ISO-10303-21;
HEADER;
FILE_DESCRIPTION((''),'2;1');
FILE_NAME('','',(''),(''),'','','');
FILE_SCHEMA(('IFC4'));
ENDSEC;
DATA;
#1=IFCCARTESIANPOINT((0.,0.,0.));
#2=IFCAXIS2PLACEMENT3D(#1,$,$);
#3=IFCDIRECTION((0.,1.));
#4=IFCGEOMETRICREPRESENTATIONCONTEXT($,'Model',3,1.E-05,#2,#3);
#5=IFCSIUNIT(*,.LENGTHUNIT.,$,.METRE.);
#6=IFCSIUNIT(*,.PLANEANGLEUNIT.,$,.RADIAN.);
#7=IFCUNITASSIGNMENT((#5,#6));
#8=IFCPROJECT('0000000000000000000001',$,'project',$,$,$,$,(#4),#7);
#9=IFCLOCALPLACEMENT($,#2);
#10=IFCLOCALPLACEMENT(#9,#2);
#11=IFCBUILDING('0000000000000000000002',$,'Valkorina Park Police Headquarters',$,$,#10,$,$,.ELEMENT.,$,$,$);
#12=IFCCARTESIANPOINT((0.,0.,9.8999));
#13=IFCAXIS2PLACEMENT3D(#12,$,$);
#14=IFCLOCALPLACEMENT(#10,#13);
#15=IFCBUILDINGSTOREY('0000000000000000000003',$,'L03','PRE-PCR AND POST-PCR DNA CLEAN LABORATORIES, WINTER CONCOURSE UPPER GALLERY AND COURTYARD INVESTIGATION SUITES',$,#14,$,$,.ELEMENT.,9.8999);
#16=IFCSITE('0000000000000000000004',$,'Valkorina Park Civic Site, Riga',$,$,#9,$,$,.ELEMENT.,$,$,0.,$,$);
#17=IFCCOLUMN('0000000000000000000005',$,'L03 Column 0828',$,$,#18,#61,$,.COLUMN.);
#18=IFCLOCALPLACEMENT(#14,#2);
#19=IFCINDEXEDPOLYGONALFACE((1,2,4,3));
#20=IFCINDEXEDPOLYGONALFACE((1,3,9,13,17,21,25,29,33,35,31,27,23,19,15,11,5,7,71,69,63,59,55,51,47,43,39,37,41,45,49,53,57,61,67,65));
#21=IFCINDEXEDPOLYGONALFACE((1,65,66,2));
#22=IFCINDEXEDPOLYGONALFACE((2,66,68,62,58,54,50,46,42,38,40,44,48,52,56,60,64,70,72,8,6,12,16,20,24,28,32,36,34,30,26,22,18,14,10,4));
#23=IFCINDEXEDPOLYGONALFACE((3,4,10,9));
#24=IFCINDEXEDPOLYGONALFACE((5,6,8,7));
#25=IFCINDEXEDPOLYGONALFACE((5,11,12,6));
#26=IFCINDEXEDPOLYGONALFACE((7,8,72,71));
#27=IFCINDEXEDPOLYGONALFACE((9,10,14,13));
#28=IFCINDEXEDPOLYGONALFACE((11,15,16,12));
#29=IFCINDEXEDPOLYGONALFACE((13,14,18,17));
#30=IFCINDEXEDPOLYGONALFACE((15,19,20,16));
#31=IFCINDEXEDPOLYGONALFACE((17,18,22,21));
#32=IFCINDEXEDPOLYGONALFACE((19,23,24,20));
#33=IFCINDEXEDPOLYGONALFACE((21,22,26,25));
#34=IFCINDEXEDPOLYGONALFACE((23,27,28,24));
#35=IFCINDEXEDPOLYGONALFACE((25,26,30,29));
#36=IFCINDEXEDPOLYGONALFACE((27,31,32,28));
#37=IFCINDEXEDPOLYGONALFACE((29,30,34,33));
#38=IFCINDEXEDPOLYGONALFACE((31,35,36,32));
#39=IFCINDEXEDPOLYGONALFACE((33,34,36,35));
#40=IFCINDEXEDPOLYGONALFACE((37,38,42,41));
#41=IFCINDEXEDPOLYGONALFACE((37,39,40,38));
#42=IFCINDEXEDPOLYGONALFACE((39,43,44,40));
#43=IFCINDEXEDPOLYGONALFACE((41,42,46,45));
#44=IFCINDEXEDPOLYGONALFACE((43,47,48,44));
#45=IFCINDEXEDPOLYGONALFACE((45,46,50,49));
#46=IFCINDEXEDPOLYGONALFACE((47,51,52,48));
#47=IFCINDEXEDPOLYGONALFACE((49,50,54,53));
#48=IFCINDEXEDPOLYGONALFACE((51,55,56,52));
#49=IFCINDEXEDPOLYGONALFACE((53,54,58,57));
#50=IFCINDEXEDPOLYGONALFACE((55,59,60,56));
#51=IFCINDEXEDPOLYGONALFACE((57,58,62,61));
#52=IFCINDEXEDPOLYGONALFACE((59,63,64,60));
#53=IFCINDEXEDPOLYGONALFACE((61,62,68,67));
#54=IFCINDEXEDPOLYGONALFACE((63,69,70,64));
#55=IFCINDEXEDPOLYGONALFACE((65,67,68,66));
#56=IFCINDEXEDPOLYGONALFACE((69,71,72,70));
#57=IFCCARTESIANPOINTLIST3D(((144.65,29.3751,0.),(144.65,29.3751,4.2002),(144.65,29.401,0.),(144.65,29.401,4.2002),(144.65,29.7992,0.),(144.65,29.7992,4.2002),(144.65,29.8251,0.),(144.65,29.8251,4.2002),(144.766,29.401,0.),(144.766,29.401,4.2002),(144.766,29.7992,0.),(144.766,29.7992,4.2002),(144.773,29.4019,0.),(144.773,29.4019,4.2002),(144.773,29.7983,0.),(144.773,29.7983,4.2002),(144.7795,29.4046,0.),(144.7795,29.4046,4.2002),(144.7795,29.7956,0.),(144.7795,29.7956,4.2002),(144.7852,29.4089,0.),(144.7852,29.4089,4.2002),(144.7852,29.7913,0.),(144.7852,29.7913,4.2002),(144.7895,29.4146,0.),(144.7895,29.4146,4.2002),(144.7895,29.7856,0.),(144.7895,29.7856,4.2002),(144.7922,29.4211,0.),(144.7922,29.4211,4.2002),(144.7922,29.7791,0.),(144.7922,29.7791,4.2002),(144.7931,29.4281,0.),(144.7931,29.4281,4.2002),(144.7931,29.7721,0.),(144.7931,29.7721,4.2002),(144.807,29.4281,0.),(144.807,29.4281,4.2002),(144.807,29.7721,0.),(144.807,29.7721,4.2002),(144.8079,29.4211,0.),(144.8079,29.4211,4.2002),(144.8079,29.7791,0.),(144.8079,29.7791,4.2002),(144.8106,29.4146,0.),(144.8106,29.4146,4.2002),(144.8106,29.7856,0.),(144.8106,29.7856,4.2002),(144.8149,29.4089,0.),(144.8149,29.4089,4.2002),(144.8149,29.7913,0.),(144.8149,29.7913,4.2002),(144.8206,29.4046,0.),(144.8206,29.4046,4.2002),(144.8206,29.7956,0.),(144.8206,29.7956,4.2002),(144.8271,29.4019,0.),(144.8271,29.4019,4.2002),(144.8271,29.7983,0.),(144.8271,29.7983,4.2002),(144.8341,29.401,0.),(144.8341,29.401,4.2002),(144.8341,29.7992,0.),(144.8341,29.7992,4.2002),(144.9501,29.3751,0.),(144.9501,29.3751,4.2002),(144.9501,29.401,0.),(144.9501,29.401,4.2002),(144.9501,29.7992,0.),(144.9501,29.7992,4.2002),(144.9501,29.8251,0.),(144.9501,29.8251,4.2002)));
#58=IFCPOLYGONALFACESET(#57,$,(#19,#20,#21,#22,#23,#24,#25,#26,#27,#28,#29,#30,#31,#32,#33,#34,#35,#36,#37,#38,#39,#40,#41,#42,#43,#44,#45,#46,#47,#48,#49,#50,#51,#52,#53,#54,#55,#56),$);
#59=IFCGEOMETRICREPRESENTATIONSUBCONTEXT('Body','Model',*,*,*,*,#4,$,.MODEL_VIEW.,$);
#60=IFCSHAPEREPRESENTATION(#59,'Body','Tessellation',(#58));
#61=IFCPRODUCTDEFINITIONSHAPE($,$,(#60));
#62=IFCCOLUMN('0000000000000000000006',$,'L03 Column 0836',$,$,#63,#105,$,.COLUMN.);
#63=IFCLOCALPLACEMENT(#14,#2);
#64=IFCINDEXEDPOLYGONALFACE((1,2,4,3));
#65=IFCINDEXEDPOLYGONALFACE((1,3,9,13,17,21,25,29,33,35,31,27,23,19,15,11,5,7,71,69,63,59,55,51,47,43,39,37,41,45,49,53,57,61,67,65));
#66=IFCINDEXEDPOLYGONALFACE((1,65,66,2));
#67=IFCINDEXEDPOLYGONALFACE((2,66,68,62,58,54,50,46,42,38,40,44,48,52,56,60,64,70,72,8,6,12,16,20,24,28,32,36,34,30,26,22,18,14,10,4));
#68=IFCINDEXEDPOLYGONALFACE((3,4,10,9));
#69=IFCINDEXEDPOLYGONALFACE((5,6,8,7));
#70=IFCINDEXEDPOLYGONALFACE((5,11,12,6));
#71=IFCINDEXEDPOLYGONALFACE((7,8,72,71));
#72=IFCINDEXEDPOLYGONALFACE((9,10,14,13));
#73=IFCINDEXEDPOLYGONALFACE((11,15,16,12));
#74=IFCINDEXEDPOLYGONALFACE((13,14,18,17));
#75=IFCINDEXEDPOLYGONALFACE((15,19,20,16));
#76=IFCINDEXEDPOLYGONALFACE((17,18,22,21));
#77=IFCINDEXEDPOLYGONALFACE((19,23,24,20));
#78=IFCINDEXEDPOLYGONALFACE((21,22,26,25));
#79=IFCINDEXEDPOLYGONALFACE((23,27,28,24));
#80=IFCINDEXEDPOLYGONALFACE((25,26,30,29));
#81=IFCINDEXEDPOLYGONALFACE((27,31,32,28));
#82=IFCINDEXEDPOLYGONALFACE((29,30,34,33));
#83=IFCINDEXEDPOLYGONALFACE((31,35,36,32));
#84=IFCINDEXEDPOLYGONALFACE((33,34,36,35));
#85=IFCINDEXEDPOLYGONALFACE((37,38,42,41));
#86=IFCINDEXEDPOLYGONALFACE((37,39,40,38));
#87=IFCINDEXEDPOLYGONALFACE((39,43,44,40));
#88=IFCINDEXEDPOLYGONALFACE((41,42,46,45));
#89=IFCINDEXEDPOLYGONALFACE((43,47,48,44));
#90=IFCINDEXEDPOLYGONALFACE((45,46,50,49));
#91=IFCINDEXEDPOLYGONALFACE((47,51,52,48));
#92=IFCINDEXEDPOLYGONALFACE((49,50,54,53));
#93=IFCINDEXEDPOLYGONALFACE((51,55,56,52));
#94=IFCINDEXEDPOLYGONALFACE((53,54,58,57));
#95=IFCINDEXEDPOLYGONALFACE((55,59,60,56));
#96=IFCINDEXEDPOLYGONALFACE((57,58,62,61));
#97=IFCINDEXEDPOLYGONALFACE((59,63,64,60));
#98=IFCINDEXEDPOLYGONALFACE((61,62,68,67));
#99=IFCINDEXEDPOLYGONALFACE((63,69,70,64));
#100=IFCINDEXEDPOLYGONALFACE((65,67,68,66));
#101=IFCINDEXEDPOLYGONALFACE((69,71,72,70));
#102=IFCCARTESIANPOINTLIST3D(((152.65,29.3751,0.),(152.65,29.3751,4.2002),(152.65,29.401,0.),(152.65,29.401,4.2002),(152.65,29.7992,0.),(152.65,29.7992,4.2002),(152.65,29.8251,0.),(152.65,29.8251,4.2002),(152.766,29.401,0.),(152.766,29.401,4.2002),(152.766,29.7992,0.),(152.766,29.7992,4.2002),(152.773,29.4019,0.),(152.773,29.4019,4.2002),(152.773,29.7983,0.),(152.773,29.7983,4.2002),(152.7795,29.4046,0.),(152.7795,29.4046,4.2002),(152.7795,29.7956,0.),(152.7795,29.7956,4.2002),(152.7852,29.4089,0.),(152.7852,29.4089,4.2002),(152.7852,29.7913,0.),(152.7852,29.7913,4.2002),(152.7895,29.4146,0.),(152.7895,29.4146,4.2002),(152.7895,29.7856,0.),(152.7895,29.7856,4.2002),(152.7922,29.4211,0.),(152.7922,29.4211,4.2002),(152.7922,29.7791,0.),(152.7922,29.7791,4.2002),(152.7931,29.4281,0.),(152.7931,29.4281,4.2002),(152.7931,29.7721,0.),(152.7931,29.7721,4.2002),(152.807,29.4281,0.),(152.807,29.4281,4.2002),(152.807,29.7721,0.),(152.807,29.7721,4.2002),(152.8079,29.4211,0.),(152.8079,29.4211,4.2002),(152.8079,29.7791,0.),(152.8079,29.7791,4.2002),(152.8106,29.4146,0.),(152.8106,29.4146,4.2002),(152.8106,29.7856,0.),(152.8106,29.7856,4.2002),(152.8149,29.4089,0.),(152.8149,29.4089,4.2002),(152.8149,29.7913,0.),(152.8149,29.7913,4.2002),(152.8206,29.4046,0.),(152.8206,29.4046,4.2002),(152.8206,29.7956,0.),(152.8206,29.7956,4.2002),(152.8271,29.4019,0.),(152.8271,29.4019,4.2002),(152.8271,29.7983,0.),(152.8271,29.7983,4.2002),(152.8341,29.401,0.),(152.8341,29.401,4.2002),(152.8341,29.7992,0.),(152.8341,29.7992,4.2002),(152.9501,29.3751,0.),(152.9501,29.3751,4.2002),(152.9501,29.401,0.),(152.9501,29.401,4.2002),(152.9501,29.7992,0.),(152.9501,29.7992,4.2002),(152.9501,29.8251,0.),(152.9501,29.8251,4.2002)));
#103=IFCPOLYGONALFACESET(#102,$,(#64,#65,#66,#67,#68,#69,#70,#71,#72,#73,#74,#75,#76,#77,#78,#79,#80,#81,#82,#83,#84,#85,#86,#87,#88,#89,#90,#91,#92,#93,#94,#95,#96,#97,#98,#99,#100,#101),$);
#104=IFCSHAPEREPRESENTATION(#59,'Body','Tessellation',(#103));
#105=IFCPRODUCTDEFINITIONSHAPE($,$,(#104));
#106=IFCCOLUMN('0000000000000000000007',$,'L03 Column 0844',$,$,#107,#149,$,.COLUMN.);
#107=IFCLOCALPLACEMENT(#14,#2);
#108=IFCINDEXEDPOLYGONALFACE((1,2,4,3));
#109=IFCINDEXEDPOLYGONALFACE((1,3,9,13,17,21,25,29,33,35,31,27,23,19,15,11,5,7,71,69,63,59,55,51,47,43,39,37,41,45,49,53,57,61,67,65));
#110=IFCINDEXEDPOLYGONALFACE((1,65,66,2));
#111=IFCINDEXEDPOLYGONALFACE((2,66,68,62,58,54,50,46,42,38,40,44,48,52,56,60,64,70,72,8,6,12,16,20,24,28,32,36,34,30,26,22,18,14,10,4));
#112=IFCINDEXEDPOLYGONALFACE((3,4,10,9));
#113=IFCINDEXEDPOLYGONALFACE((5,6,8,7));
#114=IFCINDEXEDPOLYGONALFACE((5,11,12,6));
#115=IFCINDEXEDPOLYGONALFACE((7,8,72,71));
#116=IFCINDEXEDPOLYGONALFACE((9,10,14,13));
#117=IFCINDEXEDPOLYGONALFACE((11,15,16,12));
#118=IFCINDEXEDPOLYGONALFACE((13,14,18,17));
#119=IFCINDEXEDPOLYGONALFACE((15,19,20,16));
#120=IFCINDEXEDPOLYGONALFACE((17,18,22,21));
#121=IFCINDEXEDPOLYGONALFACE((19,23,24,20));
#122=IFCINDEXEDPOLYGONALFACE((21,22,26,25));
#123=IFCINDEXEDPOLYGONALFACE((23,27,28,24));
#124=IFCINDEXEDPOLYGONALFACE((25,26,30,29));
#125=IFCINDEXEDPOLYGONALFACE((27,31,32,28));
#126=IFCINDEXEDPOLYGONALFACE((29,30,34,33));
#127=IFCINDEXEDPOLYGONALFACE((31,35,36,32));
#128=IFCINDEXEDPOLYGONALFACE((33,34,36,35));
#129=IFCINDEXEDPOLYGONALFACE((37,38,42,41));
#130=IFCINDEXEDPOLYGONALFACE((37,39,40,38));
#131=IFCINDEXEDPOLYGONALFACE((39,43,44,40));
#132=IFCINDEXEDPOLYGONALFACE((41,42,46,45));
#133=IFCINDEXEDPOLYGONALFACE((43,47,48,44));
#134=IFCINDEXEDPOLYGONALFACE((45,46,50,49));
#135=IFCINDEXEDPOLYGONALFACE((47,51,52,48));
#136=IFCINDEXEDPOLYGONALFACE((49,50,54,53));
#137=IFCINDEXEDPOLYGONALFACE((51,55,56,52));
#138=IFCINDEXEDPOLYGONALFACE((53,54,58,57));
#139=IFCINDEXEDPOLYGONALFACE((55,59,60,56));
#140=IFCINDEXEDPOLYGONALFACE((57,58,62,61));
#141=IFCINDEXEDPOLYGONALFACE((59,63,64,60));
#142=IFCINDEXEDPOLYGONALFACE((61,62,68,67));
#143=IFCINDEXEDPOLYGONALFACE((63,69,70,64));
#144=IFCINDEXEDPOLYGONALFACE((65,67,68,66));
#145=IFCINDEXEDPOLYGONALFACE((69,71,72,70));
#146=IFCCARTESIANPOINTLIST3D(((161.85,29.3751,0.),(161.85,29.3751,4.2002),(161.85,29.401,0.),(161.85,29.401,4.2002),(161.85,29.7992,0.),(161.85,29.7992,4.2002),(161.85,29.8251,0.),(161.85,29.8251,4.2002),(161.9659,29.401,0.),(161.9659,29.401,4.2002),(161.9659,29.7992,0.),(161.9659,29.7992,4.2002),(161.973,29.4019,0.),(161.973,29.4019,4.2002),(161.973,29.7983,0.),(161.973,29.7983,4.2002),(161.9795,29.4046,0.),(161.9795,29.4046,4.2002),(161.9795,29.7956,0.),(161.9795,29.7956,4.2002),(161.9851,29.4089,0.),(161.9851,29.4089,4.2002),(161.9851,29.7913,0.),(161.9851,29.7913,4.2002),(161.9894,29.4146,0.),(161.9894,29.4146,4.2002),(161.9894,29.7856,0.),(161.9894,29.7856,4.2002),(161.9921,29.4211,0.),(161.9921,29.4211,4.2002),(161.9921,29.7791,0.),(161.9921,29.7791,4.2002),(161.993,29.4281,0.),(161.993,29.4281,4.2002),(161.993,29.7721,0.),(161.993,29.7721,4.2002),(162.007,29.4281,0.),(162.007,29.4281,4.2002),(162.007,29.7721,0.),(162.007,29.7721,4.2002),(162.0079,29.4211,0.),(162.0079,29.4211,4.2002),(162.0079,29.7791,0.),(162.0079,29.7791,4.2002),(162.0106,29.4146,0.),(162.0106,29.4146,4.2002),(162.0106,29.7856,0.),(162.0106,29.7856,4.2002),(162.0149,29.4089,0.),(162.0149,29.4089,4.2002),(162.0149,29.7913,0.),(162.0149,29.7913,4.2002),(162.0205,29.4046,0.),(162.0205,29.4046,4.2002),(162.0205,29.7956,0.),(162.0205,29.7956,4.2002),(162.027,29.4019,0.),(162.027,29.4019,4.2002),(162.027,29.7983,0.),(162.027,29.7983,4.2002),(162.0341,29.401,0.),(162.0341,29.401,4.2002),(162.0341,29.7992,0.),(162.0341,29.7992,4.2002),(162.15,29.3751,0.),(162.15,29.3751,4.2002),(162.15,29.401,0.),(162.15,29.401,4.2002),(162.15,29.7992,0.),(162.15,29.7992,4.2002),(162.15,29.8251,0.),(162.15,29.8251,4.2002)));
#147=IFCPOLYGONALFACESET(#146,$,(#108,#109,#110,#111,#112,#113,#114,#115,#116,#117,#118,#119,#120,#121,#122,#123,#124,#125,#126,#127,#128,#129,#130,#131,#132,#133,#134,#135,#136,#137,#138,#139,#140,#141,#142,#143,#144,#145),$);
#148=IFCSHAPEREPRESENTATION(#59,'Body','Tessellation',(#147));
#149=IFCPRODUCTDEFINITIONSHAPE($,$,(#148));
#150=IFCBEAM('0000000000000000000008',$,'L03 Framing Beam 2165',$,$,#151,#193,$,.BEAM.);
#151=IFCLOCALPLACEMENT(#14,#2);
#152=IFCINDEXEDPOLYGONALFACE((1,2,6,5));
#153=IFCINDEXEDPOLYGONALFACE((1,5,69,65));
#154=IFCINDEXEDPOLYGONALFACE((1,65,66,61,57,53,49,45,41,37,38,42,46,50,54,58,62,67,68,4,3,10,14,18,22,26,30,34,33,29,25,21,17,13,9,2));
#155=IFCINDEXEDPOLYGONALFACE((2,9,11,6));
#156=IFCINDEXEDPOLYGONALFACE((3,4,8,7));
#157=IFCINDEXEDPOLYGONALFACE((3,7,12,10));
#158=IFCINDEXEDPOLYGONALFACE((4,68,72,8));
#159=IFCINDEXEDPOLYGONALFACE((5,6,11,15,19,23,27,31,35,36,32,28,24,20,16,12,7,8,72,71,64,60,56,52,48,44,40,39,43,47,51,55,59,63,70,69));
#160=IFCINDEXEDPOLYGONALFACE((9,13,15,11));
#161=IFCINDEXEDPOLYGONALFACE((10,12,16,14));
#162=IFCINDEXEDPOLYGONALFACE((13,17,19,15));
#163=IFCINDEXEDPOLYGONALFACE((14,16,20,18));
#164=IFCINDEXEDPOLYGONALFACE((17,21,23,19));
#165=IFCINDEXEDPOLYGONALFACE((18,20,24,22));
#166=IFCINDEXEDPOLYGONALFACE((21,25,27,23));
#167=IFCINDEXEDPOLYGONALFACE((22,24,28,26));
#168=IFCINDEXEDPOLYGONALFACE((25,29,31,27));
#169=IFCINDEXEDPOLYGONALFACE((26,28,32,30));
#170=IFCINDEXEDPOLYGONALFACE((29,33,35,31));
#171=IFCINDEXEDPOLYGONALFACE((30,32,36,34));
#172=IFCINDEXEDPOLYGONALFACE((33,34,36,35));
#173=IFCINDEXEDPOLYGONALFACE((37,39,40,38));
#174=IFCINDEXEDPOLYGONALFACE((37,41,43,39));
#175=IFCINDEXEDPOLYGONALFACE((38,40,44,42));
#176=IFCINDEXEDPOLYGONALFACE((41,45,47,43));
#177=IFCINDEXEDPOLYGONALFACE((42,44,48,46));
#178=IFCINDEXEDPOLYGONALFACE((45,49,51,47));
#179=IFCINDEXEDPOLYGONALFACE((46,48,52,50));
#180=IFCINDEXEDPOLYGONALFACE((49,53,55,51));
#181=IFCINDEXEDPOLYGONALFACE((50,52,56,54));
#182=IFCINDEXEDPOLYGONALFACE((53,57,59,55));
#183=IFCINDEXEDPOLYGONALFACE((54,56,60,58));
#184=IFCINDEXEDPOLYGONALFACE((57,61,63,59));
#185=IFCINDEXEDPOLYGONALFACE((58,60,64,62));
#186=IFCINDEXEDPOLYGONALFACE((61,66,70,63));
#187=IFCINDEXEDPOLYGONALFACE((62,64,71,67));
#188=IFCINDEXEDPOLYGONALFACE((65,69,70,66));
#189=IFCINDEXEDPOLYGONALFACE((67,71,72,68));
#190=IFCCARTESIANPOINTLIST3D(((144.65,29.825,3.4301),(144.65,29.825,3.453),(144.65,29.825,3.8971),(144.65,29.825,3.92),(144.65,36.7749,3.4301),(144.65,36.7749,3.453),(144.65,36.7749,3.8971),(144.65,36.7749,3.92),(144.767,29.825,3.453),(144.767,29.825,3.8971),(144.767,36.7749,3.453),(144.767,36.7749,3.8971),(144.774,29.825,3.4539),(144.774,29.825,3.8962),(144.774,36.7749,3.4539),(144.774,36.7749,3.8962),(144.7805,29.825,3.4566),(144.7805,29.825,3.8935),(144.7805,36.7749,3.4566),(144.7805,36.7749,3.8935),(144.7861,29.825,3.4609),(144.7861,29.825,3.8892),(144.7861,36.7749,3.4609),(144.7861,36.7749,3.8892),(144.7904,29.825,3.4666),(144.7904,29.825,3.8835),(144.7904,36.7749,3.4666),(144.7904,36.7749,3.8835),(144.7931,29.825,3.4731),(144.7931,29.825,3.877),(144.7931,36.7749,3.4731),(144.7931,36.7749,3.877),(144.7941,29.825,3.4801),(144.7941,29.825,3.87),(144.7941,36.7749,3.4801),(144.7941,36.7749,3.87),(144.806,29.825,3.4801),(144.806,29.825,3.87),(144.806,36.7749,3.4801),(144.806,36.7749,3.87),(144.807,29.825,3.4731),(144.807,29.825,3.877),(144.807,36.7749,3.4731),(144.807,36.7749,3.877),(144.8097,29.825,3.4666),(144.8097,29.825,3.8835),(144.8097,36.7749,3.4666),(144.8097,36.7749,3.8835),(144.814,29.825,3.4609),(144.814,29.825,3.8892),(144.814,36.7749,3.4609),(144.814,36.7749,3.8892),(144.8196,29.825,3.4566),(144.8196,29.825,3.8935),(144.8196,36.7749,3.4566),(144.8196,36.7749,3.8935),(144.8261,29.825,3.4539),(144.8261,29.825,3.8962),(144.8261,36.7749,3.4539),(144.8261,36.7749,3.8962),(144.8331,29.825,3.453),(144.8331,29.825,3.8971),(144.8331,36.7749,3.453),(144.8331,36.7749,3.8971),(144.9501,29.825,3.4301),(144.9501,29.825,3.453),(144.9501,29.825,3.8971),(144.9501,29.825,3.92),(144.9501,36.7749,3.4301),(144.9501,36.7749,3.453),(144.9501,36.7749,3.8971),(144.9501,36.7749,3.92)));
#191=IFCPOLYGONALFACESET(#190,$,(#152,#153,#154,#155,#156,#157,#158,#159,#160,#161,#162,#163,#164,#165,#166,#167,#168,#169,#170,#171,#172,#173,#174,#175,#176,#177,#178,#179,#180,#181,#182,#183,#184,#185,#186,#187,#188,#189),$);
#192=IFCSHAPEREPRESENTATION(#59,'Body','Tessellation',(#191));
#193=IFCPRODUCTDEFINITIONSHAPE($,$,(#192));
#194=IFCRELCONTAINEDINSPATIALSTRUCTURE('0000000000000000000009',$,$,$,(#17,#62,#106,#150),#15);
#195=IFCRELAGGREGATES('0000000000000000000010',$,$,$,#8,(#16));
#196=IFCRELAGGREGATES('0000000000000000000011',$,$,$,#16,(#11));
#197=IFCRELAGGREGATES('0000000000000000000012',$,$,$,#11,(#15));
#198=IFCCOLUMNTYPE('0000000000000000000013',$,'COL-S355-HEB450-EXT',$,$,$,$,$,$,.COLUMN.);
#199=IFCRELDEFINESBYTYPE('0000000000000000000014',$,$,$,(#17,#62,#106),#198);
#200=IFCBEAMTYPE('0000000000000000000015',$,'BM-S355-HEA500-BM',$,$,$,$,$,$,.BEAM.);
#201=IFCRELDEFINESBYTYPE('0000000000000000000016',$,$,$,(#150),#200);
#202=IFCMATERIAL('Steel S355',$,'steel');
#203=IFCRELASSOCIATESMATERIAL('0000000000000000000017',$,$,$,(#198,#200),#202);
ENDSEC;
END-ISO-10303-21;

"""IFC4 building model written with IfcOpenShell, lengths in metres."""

from ifc_helpers import new_model, si_unit, direction, frame, origin, origin_2d, place, context, subcontext, project, spatial, i_section, extrude, material, material_profile, profile_set, type_object, element, save


model = new_model("IFC4")

# Units and contexts
model_context = context("Model", 3, precision=1e-05, world=origin(), true_north=direction((0.0, 1.0)))
body_context = subcontext(model_context, "Body", "Model", "MODEL_VIEW")
ifc_project = project(units=[si_unit("LENGTHUNIT", "METRE"), si_unit("PLANEANGLEUNIT", "RADIAN")], contexts=[model_context])

# Site, building, storey
site_placement = place(None, origin())
site = spatial("IfcSite", under=ifc_project, at=site_placement, Name="Valkorina Park Civic Site, Riga", CompositionType="ELEMENT", RefElevation=0.0)
building_placement = place(site_placement, origin())
building = spatial("IfcBuilding", under=site, at=building_placement, Name="Valkorina Park Police Headquarters", CompositionType="ELEMENT")
storey_placement = place(building_placement, frame((0.0, 0.0, 9.8999)))
storey = spatial("IfcBuildingStorey", under=building, at=storey_placement, Name="L03", Description="PRE-PCR AND POST-PCR DNA CLEAN LABORATORIES, WINTER CONCOURSE UPPER GALLERY AND COURTYARD INVESTIGATION SUITES", CompositionType="ELEMENT", Elevation=9.8999)

# Columns
ifc_material_1 = material(Name="Steel S355", Category="steel")
ifc_material_profile_1 = material_profile(ifc_material_1, i_section(OverallWidth=0.3, OverallDepth=0.45, WebThickness=0.0139, FlangeThickness=0.0259, FilletRadius=0.0271, at=origin_2d()), Name="HEB 450")
ifc_profile_set_1 = profile_set([ifc_material_profile_1], Name="Steel S355")
column_type = type_object("IfcColumnType", Name="COL-S355-HEB450-EXT", PredefinedType="COLUMN", material=ifc_profile_set_1)
for number, where, z_axis, x_axis, name in (
    (1, (144.8, 29.6001, 0.0), (0.0, 0.0, 1.0), (1.0, 0.0, 0.0), "L03 Column 0828"),
    (2, (152.8, 29.6001, 0.0), (0.0, 0.0, 1.0), (1.0, 0.0, 0.0), "L03 Column 0836"),
    (3, (162.0, 29.6001, 0.0), (0.0, 0.0, 1.0), (1.0, 0.0, 0.0), "L03 Column 0844"),
):
    element("IfcColumn", number, at=place(storey_placement, frame(where, z_axis=z_axis, x_axis=x_axis)), inside=storey, type_object=column_type, Name=name, PredefinedType="COLUMN", context=body_context, shape_type="SweptSolid", body=[
        extrude(i_section(OverallWidth=0.3, OverallDepth=0.45, WebThickness=0.0139, FlangeThickness=0.0259, FilletRadius=0.0271, at=origin_2d()), origin(), (0.0, 0.0, 1.0), 4.2002),
    ])

# Beam
ifc_material_profile_2 = material_profile(ifc_material_1, i_section(OverallWidth=0.3, OverallDepth=0.49, WebThickness=0.012, FlangeThickness=0.0229, FilletRadius=0.0271, at=origin_2d()), Name="HEA 500")
ifc_profile_set_2 = profile_set([ifc_material_profile_2], Name="Steel S355")
beam_type_1 = type_object("IfcBeamType", Name="BM-S355-HEA500-BM", PredefinedType="BEAM", material=ifc_profile_set_2)
for number, where, z_axis, x_axis, name in (
    (4, (144.8, 29.825, 3.675), (0.0, 1.0, 0.0), (-1.0, 0.0, 0.0), "L03 Framing Beam 2165"),
):
    element("IfcBeam", number, at=place(storey_placement, frame(where, z_axis=z_axis, x_axis=x_axis)), inside=storey, type_object=beam_type_1, Name=name, PredefinedType="BEAM", context=body_context, shape_type="SweptSolid", body=[
        extrude(i_section(OverallWidth=0.3, OverallDepth=0.49, WebThickness=0.012, FlangeThickness=0.0229, FilletRadius=0.0271, at=origin_2d()), origin(), (0.0, 0.0, 1.0), 6.95),
    ])

save(model, "model.ifc")
